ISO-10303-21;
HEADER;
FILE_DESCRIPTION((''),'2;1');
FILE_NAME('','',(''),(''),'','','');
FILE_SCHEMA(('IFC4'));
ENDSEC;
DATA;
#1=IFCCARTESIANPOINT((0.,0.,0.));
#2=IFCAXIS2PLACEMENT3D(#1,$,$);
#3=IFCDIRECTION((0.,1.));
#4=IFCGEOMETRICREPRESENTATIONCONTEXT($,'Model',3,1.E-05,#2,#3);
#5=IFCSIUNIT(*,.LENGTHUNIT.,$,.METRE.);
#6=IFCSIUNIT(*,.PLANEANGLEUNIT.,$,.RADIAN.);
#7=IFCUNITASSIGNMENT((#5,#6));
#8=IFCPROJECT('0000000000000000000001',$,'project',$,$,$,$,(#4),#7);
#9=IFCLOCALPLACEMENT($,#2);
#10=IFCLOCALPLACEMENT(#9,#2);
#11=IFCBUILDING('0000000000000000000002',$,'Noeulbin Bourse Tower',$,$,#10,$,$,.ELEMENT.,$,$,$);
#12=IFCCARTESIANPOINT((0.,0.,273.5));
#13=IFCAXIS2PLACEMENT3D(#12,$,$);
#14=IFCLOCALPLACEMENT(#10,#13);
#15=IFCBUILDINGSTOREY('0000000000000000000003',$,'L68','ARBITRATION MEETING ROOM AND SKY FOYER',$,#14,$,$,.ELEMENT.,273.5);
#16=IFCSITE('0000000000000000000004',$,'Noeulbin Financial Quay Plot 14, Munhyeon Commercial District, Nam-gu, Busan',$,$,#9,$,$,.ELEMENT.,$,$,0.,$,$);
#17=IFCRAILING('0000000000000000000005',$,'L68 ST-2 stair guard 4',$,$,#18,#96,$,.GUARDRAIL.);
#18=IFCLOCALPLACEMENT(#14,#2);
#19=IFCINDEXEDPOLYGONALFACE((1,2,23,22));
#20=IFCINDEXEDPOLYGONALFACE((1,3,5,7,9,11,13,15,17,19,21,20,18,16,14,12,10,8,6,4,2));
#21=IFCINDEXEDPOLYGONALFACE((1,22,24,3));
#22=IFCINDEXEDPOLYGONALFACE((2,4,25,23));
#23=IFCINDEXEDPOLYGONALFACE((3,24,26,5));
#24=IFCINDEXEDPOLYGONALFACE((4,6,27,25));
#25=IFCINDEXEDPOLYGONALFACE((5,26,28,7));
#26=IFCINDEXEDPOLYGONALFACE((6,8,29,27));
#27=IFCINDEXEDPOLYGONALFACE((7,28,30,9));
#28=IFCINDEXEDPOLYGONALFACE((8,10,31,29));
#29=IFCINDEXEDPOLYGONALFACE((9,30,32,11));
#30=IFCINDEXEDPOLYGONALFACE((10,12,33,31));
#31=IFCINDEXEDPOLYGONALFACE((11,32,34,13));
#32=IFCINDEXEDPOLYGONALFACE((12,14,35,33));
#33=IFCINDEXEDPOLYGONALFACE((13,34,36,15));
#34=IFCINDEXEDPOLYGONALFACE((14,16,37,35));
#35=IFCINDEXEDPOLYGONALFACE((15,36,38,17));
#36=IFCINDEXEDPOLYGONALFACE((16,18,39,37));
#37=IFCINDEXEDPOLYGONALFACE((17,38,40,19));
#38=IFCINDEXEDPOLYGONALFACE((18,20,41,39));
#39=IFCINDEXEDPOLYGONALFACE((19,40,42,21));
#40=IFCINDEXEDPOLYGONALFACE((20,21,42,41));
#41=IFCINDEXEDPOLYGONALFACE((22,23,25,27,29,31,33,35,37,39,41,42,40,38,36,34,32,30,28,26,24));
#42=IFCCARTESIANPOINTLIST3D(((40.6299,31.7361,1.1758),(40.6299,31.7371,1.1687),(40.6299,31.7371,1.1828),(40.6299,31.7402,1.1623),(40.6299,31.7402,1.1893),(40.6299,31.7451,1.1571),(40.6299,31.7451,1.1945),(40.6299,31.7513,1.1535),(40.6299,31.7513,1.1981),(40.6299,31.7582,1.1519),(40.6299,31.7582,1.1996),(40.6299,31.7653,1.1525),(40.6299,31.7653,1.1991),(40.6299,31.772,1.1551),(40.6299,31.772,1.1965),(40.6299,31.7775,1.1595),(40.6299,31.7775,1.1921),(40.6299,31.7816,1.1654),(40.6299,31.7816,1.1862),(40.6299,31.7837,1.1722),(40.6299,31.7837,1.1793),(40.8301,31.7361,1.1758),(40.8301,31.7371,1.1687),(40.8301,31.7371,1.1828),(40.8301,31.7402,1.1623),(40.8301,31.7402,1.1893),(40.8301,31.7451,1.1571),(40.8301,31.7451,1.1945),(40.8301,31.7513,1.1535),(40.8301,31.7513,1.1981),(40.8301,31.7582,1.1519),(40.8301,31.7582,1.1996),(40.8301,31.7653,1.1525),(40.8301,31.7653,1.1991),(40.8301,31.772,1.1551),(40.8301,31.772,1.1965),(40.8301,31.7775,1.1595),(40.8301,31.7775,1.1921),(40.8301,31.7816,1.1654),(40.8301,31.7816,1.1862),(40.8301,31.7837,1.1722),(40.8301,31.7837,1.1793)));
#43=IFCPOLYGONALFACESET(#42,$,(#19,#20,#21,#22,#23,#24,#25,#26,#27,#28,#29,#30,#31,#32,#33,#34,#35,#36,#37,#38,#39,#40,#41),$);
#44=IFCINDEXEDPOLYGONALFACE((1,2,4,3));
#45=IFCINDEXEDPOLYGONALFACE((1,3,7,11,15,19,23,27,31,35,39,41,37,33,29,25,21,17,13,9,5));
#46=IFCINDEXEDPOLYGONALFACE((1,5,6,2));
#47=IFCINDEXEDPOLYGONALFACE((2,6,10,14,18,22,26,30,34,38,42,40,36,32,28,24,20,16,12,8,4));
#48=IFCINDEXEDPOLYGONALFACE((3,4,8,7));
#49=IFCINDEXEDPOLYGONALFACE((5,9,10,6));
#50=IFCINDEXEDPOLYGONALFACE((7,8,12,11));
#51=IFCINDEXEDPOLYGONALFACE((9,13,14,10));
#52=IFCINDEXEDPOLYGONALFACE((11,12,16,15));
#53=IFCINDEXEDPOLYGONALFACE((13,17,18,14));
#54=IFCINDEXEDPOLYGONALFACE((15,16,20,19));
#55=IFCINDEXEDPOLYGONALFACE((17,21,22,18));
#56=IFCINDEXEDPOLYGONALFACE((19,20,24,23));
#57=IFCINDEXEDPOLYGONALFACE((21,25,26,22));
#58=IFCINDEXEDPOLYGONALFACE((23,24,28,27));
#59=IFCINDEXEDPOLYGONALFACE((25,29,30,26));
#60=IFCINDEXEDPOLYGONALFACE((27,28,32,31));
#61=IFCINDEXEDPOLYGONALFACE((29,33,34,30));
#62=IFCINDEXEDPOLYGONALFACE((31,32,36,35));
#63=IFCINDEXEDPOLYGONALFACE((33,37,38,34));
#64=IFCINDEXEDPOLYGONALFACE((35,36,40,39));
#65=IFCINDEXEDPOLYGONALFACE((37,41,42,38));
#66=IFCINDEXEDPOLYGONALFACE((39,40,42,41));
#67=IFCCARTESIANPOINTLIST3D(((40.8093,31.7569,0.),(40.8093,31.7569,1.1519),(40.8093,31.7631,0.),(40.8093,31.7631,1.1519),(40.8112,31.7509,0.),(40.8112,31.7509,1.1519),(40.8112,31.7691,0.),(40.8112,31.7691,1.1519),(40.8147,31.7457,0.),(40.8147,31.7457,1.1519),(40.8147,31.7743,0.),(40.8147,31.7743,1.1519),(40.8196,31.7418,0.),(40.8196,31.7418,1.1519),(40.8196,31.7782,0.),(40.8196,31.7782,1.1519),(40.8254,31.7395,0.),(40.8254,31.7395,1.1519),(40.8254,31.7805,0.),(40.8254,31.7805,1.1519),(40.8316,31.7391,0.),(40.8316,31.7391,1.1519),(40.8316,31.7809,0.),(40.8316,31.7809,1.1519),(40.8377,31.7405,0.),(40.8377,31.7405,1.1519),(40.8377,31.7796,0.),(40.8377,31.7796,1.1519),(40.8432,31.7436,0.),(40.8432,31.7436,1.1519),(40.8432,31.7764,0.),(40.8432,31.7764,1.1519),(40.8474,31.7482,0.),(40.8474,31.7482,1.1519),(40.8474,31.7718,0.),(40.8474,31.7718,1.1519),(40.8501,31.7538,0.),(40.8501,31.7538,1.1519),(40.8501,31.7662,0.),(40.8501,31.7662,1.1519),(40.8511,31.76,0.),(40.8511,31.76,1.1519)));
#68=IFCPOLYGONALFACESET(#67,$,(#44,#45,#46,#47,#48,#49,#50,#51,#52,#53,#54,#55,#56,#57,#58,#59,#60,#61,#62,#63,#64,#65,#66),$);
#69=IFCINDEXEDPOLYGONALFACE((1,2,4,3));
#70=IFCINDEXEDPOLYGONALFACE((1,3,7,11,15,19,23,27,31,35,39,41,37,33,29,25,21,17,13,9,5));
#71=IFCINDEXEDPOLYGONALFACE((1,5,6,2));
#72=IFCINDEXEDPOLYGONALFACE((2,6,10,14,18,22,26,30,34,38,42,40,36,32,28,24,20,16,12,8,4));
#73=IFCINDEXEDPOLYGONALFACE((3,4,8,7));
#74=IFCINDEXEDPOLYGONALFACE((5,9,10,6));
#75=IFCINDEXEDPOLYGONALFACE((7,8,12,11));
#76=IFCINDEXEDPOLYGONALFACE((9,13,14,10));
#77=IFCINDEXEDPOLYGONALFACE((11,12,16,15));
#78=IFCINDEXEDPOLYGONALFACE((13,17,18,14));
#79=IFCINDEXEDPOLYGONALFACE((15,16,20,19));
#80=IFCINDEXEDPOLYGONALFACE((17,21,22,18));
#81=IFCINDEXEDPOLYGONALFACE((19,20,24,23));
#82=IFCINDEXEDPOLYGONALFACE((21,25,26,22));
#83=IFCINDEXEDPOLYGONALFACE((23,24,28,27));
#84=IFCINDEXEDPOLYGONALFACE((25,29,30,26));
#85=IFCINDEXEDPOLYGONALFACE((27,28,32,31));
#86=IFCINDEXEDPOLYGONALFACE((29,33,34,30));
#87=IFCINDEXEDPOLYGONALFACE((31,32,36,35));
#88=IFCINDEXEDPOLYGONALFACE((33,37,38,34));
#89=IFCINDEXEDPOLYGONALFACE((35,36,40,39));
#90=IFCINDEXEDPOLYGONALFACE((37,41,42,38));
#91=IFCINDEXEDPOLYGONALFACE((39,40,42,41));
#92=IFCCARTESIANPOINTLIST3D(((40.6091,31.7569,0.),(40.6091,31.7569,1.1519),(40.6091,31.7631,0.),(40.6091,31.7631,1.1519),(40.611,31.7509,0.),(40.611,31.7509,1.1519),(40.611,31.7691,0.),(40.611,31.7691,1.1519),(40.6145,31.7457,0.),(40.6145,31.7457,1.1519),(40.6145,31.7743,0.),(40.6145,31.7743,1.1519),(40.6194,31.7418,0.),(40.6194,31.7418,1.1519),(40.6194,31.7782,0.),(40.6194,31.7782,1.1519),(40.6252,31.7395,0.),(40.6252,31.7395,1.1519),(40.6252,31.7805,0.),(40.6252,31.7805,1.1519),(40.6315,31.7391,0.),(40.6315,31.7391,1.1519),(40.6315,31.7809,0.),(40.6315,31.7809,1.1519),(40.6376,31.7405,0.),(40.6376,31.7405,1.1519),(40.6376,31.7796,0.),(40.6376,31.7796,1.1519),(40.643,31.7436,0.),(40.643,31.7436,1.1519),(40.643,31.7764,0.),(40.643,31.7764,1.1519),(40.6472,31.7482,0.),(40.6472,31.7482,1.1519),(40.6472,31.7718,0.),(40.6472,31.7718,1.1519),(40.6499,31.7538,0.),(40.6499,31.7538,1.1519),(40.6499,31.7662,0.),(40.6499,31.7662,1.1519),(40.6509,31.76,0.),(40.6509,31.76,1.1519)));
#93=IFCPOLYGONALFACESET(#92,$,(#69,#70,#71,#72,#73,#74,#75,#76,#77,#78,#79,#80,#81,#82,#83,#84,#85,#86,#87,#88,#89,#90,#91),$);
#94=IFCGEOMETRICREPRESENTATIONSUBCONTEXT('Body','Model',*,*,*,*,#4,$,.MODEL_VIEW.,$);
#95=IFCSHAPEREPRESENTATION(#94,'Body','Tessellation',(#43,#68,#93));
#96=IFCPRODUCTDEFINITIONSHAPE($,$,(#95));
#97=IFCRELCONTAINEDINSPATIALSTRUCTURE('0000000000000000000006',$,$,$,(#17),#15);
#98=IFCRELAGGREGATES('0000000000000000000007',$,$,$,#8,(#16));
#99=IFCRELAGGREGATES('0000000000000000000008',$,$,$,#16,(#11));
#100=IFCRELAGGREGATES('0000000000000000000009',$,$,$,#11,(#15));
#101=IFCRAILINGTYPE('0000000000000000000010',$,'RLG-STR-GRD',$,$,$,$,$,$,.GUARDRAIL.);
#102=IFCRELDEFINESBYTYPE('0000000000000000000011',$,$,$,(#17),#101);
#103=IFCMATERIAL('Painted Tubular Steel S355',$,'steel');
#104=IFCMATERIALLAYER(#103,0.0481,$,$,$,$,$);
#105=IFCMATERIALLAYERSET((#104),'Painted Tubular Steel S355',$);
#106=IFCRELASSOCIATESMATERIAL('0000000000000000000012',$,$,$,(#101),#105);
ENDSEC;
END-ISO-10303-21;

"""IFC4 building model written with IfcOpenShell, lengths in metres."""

from ifc_helpers import new_model, si_unit, direction, frame, origin, origin_2d, place, context, subcontext, project, spatial, circle, extrude, material, layer, layer_set, type_object, element, save


model = new_model("IFC4")

# Units and contexts
model_context = context("Model", 3, precision=1e-05, world=origin(), true_north=direction((0.0, 1.0)))
body_context = subcontext(model_context, "Body", "Model", "MODEL_VIEW")
ifc_project = project(units=[si_unit("LENGTHUNIT", "METRE"), si_unit("PLANEANGLEUNIT", "RADIAN")], contexts=[model_context])

# Site, building, storey
site_placement = place(None, origin())
site = spatial("IfcSite", under=ifc_project, at=site_placement, Name="Noeulbin Financial Quay Plot 14, Munhyeon Commercial District, Nam-gu, Busan", CompositionType="ELEMENT", RefElevation=0.0)
building_placement = place(site_placement, origin())
building = spatial("IfcBuilding", under=site, at=building_placement, Name="Noeulbin Bourse Tower", CompositionType="ELEMENT")
storey_placement = place(building_placement, frame((0.0, 0.0, 273.5)))
storey = spatial("IfcBuildingStorey", under=building, at=storey_placement, Name="L68", Description="ARBITRATION MEETING ROOM AND SKY FOYER", CompositionType="ELEMENT", Elevation=273.5)

# Railing
ifc_material_1 = material(Name="Painted Tubular Steel S355", Category="steel")
ifc_layer_1 = layer(ifc_material_1, 0.0481)
ifc_layer_set_1 = layer_set([ifc_layer_1], Name="Painted Tubular Steel S355")
railing_type_1 = type_object("IfcRailingType", Name="RLG-STR-GRD", PredefinedType="GUARDRAIL", material=ifc_layer_set_1)
railing_1_placement = place(storey_placement, frame((40.8301, 31.76, 0.0)))
element("IfcRailing", 1, at=railing_1_placement, inside=storey, type_object=railing_type_1, Name="L68 ST-2 stair guard 4", PredefinedType="GUARDRAIL", context=body_context, shape_type="SweptSolid", body=[
    extrude(circle(Radius=0.0239, at=origin_2d()), frame((0.0, 0.0, 1.1758), z_axis=(-1.0, 0.0, 0.0), x_axis=(0.0, -1.0, 0.0)), (0.0, 0.0, 1.0), 0.2002),
    extrude(circle(Radius=0.021, at=origin_2d()), origin(), (0.0, 0.0, 1.0), 1.1519),
    extrude(circle(Radius=0.021, at=origin_2d()), frame((-0.2002, 0.0, 0.0)), (0.0, 0.0, 1.0), 1.1519),
])

save(model, "model.ifc")
